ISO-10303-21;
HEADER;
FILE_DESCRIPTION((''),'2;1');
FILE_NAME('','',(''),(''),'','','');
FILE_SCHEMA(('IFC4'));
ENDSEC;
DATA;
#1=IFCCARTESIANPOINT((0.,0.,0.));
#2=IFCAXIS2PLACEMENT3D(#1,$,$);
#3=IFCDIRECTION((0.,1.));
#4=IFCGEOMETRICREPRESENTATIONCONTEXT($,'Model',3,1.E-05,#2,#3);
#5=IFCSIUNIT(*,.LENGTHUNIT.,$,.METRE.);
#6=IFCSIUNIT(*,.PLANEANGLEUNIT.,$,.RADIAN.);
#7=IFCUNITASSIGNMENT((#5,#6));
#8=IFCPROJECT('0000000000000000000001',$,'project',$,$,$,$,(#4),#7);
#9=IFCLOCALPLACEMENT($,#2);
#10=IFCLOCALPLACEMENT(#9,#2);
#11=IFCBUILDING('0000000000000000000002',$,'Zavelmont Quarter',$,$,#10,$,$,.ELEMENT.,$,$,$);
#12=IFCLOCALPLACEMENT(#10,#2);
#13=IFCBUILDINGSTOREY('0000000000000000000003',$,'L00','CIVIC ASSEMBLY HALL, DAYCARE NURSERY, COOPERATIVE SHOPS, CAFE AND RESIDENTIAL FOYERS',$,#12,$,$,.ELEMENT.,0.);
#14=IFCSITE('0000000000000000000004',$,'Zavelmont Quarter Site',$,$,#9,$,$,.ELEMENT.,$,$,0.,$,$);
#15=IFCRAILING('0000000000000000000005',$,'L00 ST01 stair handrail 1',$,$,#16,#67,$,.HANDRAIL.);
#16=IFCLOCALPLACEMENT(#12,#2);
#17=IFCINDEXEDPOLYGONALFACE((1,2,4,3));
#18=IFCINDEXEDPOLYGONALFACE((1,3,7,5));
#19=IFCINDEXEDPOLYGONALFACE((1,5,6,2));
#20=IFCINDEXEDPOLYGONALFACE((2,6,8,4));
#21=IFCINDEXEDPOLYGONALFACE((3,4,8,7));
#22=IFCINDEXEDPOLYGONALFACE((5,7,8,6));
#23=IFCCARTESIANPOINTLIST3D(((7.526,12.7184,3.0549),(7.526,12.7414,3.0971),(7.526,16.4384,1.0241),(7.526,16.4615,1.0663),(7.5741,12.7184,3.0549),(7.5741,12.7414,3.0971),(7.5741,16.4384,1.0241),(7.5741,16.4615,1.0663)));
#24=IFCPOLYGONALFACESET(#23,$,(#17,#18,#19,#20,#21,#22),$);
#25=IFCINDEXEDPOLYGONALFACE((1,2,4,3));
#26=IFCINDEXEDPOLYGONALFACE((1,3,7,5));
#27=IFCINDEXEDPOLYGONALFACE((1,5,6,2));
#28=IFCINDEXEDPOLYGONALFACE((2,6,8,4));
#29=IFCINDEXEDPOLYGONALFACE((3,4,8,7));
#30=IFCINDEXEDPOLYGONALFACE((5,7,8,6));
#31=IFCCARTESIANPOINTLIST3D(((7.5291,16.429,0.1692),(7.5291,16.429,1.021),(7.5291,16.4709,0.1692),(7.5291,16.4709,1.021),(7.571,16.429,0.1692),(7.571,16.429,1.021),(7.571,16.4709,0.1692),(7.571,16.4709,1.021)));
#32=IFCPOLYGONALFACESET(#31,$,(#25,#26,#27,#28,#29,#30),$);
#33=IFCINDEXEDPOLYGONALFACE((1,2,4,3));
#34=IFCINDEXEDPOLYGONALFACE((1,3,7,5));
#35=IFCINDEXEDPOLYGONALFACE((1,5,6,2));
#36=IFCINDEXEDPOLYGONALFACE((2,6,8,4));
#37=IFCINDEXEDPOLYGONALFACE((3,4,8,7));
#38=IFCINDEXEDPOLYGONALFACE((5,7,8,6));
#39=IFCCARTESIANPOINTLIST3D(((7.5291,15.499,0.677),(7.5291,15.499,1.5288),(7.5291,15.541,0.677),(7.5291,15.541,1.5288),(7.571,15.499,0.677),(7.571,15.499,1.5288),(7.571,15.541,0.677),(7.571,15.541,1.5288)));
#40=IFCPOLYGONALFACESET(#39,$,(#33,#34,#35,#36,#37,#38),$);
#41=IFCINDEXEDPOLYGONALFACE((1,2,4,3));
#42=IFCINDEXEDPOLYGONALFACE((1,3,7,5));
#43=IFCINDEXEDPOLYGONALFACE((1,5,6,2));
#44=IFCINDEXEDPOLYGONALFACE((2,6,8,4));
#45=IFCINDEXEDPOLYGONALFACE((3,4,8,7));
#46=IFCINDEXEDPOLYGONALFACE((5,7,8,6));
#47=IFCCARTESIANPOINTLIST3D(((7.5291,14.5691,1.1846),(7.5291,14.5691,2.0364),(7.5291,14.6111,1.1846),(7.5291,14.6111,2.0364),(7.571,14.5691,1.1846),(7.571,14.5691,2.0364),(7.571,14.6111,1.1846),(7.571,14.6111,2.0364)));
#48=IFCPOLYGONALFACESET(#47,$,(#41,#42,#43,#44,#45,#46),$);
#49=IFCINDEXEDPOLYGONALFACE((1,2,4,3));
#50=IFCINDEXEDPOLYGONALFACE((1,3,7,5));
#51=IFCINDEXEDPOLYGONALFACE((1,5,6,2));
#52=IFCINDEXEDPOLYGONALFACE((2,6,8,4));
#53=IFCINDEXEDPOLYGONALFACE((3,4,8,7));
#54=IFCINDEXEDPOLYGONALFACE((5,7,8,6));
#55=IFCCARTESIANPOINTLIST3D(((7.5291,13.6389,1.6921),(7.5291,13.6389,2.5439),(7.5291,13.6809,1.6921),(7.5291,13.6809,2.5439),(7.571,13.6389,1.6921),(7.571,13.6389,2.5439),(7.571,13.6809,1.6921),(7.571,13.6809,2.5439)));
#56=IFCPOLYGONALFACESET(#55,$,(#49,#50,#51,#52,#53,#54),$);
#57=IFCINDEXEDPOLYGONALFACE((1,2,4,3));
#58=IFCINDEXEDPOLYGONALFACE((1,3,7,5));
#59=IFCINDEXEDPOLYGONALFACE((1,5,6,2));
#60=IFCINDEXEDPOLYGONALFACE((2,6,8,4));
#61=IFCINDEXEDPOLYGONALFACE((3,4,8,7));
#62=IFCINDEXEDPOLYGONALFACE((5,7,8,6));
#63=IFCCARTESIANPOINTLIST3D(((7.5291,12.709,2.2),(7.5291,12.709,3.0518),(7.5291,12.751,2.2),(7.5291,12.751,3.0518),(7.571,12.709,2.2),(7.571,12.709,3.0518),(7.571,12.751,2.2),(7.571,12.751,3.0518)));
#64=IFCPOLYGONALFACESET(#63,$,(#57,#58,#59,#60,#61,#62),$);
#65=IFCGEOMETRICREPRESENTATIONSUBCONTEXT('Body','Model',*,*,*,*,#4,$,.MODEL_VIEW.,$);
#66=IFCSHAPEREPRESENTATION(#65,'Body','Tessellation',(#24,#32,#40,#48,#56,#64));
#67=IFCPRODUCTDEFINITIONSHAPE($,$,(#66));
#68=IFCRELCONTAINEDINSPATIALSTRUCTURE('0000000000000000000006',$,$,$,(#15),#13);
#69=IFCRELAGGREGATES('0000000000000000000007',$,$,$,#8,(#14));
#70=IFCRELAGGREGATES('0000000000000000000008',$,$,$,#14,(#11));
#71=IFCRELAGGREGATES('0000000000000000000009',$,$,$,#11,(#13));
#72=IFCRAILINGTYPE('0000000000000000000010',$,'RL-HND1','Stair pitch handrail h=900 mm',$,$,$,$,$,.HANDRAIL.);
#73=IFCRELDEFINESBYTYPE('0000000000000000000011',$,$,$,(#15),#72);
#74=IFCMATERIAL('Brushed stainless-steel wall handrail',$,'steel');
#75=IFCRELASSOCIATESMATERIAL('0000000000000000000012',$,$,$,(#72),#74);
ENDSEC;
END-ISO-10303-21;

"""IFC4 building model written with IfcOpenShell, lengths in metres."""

from ifc_helpers import new_model, si_unit, direction, frame, origin, origin_2d, place, context, subcontext, project, spatial, rectangle, extrude, material, type_object, element, save


model = new_model("IFC4")

# Units and contexts
model_context = context("Model", 3, precision=1e-05, world=origin(), true_north=direction((0.0, 1.0)))
body_context = subcontext(model_context, "Body", "Model", "MODEL_VIEW")
ifc_project = project(units=[si_unit("LENGTHUNIT", "METRE"), si_unit("PLANEANGLEUNIT", "RADIAN")], contexts=[model_context])

# Site, building, storey
site_placement = place(None, origin())
site = spatial("IfcSite", under=ifc_project, at=site_placement, Name="Zavelmont Quarter Site", CompositionType="ELEMENT", RefElevation=0.0)
building_placement = place(site_placement, origin())
building = spatial("IfcBuilding", under=site, at=building_placement, Name="Zavelmont Quarter", CompositionType="ELEMENT")
storey_placement = place(building_placement, origin())
storey = spatial("IfcBuildingStorey", under=building, at=storey_placement, Name="L00", Description="CIVIC ASSEMBLY HALL, DAYCARE NURSERY, COOPERATIVE SHOPS, CAFE AND RESIDENTIAL FOYERS", CompositionType="ELEMENT", Elevation=0.0)

# Railing
ifc_material_1 = material(Name="Brushed stainless-steel wall handrail", Category="steel")
railing_type_1 = type_object("IfcRailingType", Name="RL-HND1", Description="Stair pitch handrail h=900 mm", PredefinedType="HANDRAIL", material=ifc_material_1)
railing_1_placement = place(storey_placement, frame((7.55, 16.45, 0.1692)))
element("IfcRailing", 1, at=railing_1_placement, inside=storey, type_object=railing_type_1, Name="L00 ST01 stair handrail 1", PredefinedType="HANDRAIL", context=body_context, shape_type="SweptSolid", body=[
    extrude(rectangle(XDim=0.0481, YDim=0.0481, at=origin_2d()), frame((0.0, 0.0, 0.876), z_axis=(0.0, -0.877728, 0.479159), x_axis=(1.0, 0.0, 0.0)), (0.0, 0.0, 1.0), 4.2383),
    extrude(rectangle(XDim=0.042, YDim=0.042, at=origin_2d()), origin(), (0.0, 0.0, 1.0), 0.8518),
    extrude(rectangle(XDim=0.042, YDim=0.042, at=origin_2d()), frame((0.0, -0.9299, 0.5078)), (0.0, 0.0, 1.0), 0.8518),
    extrude(rectangle(XDim=0.042, YDim=0.042, at=origin_2d()), frame((0.0, -1.8599, 1.0154)), (0.0, 0.0, 1.0), 0.8518),
    extrude(rectangle(XDim=0.042, YDim=0.042, at=origin_2d()), frame((0.0, -2.79, 1.5229)), (0.0, 0.0, 1.0), 0.8518),
    extrude(rectangle(XDim=0.042, YDim=0.042, at=origin_2d()), frame((0.0, -3.72, 2.0308)), (0.0, 0.0, 1.0), 0.8518),
])

save(model, "model.ifc")
